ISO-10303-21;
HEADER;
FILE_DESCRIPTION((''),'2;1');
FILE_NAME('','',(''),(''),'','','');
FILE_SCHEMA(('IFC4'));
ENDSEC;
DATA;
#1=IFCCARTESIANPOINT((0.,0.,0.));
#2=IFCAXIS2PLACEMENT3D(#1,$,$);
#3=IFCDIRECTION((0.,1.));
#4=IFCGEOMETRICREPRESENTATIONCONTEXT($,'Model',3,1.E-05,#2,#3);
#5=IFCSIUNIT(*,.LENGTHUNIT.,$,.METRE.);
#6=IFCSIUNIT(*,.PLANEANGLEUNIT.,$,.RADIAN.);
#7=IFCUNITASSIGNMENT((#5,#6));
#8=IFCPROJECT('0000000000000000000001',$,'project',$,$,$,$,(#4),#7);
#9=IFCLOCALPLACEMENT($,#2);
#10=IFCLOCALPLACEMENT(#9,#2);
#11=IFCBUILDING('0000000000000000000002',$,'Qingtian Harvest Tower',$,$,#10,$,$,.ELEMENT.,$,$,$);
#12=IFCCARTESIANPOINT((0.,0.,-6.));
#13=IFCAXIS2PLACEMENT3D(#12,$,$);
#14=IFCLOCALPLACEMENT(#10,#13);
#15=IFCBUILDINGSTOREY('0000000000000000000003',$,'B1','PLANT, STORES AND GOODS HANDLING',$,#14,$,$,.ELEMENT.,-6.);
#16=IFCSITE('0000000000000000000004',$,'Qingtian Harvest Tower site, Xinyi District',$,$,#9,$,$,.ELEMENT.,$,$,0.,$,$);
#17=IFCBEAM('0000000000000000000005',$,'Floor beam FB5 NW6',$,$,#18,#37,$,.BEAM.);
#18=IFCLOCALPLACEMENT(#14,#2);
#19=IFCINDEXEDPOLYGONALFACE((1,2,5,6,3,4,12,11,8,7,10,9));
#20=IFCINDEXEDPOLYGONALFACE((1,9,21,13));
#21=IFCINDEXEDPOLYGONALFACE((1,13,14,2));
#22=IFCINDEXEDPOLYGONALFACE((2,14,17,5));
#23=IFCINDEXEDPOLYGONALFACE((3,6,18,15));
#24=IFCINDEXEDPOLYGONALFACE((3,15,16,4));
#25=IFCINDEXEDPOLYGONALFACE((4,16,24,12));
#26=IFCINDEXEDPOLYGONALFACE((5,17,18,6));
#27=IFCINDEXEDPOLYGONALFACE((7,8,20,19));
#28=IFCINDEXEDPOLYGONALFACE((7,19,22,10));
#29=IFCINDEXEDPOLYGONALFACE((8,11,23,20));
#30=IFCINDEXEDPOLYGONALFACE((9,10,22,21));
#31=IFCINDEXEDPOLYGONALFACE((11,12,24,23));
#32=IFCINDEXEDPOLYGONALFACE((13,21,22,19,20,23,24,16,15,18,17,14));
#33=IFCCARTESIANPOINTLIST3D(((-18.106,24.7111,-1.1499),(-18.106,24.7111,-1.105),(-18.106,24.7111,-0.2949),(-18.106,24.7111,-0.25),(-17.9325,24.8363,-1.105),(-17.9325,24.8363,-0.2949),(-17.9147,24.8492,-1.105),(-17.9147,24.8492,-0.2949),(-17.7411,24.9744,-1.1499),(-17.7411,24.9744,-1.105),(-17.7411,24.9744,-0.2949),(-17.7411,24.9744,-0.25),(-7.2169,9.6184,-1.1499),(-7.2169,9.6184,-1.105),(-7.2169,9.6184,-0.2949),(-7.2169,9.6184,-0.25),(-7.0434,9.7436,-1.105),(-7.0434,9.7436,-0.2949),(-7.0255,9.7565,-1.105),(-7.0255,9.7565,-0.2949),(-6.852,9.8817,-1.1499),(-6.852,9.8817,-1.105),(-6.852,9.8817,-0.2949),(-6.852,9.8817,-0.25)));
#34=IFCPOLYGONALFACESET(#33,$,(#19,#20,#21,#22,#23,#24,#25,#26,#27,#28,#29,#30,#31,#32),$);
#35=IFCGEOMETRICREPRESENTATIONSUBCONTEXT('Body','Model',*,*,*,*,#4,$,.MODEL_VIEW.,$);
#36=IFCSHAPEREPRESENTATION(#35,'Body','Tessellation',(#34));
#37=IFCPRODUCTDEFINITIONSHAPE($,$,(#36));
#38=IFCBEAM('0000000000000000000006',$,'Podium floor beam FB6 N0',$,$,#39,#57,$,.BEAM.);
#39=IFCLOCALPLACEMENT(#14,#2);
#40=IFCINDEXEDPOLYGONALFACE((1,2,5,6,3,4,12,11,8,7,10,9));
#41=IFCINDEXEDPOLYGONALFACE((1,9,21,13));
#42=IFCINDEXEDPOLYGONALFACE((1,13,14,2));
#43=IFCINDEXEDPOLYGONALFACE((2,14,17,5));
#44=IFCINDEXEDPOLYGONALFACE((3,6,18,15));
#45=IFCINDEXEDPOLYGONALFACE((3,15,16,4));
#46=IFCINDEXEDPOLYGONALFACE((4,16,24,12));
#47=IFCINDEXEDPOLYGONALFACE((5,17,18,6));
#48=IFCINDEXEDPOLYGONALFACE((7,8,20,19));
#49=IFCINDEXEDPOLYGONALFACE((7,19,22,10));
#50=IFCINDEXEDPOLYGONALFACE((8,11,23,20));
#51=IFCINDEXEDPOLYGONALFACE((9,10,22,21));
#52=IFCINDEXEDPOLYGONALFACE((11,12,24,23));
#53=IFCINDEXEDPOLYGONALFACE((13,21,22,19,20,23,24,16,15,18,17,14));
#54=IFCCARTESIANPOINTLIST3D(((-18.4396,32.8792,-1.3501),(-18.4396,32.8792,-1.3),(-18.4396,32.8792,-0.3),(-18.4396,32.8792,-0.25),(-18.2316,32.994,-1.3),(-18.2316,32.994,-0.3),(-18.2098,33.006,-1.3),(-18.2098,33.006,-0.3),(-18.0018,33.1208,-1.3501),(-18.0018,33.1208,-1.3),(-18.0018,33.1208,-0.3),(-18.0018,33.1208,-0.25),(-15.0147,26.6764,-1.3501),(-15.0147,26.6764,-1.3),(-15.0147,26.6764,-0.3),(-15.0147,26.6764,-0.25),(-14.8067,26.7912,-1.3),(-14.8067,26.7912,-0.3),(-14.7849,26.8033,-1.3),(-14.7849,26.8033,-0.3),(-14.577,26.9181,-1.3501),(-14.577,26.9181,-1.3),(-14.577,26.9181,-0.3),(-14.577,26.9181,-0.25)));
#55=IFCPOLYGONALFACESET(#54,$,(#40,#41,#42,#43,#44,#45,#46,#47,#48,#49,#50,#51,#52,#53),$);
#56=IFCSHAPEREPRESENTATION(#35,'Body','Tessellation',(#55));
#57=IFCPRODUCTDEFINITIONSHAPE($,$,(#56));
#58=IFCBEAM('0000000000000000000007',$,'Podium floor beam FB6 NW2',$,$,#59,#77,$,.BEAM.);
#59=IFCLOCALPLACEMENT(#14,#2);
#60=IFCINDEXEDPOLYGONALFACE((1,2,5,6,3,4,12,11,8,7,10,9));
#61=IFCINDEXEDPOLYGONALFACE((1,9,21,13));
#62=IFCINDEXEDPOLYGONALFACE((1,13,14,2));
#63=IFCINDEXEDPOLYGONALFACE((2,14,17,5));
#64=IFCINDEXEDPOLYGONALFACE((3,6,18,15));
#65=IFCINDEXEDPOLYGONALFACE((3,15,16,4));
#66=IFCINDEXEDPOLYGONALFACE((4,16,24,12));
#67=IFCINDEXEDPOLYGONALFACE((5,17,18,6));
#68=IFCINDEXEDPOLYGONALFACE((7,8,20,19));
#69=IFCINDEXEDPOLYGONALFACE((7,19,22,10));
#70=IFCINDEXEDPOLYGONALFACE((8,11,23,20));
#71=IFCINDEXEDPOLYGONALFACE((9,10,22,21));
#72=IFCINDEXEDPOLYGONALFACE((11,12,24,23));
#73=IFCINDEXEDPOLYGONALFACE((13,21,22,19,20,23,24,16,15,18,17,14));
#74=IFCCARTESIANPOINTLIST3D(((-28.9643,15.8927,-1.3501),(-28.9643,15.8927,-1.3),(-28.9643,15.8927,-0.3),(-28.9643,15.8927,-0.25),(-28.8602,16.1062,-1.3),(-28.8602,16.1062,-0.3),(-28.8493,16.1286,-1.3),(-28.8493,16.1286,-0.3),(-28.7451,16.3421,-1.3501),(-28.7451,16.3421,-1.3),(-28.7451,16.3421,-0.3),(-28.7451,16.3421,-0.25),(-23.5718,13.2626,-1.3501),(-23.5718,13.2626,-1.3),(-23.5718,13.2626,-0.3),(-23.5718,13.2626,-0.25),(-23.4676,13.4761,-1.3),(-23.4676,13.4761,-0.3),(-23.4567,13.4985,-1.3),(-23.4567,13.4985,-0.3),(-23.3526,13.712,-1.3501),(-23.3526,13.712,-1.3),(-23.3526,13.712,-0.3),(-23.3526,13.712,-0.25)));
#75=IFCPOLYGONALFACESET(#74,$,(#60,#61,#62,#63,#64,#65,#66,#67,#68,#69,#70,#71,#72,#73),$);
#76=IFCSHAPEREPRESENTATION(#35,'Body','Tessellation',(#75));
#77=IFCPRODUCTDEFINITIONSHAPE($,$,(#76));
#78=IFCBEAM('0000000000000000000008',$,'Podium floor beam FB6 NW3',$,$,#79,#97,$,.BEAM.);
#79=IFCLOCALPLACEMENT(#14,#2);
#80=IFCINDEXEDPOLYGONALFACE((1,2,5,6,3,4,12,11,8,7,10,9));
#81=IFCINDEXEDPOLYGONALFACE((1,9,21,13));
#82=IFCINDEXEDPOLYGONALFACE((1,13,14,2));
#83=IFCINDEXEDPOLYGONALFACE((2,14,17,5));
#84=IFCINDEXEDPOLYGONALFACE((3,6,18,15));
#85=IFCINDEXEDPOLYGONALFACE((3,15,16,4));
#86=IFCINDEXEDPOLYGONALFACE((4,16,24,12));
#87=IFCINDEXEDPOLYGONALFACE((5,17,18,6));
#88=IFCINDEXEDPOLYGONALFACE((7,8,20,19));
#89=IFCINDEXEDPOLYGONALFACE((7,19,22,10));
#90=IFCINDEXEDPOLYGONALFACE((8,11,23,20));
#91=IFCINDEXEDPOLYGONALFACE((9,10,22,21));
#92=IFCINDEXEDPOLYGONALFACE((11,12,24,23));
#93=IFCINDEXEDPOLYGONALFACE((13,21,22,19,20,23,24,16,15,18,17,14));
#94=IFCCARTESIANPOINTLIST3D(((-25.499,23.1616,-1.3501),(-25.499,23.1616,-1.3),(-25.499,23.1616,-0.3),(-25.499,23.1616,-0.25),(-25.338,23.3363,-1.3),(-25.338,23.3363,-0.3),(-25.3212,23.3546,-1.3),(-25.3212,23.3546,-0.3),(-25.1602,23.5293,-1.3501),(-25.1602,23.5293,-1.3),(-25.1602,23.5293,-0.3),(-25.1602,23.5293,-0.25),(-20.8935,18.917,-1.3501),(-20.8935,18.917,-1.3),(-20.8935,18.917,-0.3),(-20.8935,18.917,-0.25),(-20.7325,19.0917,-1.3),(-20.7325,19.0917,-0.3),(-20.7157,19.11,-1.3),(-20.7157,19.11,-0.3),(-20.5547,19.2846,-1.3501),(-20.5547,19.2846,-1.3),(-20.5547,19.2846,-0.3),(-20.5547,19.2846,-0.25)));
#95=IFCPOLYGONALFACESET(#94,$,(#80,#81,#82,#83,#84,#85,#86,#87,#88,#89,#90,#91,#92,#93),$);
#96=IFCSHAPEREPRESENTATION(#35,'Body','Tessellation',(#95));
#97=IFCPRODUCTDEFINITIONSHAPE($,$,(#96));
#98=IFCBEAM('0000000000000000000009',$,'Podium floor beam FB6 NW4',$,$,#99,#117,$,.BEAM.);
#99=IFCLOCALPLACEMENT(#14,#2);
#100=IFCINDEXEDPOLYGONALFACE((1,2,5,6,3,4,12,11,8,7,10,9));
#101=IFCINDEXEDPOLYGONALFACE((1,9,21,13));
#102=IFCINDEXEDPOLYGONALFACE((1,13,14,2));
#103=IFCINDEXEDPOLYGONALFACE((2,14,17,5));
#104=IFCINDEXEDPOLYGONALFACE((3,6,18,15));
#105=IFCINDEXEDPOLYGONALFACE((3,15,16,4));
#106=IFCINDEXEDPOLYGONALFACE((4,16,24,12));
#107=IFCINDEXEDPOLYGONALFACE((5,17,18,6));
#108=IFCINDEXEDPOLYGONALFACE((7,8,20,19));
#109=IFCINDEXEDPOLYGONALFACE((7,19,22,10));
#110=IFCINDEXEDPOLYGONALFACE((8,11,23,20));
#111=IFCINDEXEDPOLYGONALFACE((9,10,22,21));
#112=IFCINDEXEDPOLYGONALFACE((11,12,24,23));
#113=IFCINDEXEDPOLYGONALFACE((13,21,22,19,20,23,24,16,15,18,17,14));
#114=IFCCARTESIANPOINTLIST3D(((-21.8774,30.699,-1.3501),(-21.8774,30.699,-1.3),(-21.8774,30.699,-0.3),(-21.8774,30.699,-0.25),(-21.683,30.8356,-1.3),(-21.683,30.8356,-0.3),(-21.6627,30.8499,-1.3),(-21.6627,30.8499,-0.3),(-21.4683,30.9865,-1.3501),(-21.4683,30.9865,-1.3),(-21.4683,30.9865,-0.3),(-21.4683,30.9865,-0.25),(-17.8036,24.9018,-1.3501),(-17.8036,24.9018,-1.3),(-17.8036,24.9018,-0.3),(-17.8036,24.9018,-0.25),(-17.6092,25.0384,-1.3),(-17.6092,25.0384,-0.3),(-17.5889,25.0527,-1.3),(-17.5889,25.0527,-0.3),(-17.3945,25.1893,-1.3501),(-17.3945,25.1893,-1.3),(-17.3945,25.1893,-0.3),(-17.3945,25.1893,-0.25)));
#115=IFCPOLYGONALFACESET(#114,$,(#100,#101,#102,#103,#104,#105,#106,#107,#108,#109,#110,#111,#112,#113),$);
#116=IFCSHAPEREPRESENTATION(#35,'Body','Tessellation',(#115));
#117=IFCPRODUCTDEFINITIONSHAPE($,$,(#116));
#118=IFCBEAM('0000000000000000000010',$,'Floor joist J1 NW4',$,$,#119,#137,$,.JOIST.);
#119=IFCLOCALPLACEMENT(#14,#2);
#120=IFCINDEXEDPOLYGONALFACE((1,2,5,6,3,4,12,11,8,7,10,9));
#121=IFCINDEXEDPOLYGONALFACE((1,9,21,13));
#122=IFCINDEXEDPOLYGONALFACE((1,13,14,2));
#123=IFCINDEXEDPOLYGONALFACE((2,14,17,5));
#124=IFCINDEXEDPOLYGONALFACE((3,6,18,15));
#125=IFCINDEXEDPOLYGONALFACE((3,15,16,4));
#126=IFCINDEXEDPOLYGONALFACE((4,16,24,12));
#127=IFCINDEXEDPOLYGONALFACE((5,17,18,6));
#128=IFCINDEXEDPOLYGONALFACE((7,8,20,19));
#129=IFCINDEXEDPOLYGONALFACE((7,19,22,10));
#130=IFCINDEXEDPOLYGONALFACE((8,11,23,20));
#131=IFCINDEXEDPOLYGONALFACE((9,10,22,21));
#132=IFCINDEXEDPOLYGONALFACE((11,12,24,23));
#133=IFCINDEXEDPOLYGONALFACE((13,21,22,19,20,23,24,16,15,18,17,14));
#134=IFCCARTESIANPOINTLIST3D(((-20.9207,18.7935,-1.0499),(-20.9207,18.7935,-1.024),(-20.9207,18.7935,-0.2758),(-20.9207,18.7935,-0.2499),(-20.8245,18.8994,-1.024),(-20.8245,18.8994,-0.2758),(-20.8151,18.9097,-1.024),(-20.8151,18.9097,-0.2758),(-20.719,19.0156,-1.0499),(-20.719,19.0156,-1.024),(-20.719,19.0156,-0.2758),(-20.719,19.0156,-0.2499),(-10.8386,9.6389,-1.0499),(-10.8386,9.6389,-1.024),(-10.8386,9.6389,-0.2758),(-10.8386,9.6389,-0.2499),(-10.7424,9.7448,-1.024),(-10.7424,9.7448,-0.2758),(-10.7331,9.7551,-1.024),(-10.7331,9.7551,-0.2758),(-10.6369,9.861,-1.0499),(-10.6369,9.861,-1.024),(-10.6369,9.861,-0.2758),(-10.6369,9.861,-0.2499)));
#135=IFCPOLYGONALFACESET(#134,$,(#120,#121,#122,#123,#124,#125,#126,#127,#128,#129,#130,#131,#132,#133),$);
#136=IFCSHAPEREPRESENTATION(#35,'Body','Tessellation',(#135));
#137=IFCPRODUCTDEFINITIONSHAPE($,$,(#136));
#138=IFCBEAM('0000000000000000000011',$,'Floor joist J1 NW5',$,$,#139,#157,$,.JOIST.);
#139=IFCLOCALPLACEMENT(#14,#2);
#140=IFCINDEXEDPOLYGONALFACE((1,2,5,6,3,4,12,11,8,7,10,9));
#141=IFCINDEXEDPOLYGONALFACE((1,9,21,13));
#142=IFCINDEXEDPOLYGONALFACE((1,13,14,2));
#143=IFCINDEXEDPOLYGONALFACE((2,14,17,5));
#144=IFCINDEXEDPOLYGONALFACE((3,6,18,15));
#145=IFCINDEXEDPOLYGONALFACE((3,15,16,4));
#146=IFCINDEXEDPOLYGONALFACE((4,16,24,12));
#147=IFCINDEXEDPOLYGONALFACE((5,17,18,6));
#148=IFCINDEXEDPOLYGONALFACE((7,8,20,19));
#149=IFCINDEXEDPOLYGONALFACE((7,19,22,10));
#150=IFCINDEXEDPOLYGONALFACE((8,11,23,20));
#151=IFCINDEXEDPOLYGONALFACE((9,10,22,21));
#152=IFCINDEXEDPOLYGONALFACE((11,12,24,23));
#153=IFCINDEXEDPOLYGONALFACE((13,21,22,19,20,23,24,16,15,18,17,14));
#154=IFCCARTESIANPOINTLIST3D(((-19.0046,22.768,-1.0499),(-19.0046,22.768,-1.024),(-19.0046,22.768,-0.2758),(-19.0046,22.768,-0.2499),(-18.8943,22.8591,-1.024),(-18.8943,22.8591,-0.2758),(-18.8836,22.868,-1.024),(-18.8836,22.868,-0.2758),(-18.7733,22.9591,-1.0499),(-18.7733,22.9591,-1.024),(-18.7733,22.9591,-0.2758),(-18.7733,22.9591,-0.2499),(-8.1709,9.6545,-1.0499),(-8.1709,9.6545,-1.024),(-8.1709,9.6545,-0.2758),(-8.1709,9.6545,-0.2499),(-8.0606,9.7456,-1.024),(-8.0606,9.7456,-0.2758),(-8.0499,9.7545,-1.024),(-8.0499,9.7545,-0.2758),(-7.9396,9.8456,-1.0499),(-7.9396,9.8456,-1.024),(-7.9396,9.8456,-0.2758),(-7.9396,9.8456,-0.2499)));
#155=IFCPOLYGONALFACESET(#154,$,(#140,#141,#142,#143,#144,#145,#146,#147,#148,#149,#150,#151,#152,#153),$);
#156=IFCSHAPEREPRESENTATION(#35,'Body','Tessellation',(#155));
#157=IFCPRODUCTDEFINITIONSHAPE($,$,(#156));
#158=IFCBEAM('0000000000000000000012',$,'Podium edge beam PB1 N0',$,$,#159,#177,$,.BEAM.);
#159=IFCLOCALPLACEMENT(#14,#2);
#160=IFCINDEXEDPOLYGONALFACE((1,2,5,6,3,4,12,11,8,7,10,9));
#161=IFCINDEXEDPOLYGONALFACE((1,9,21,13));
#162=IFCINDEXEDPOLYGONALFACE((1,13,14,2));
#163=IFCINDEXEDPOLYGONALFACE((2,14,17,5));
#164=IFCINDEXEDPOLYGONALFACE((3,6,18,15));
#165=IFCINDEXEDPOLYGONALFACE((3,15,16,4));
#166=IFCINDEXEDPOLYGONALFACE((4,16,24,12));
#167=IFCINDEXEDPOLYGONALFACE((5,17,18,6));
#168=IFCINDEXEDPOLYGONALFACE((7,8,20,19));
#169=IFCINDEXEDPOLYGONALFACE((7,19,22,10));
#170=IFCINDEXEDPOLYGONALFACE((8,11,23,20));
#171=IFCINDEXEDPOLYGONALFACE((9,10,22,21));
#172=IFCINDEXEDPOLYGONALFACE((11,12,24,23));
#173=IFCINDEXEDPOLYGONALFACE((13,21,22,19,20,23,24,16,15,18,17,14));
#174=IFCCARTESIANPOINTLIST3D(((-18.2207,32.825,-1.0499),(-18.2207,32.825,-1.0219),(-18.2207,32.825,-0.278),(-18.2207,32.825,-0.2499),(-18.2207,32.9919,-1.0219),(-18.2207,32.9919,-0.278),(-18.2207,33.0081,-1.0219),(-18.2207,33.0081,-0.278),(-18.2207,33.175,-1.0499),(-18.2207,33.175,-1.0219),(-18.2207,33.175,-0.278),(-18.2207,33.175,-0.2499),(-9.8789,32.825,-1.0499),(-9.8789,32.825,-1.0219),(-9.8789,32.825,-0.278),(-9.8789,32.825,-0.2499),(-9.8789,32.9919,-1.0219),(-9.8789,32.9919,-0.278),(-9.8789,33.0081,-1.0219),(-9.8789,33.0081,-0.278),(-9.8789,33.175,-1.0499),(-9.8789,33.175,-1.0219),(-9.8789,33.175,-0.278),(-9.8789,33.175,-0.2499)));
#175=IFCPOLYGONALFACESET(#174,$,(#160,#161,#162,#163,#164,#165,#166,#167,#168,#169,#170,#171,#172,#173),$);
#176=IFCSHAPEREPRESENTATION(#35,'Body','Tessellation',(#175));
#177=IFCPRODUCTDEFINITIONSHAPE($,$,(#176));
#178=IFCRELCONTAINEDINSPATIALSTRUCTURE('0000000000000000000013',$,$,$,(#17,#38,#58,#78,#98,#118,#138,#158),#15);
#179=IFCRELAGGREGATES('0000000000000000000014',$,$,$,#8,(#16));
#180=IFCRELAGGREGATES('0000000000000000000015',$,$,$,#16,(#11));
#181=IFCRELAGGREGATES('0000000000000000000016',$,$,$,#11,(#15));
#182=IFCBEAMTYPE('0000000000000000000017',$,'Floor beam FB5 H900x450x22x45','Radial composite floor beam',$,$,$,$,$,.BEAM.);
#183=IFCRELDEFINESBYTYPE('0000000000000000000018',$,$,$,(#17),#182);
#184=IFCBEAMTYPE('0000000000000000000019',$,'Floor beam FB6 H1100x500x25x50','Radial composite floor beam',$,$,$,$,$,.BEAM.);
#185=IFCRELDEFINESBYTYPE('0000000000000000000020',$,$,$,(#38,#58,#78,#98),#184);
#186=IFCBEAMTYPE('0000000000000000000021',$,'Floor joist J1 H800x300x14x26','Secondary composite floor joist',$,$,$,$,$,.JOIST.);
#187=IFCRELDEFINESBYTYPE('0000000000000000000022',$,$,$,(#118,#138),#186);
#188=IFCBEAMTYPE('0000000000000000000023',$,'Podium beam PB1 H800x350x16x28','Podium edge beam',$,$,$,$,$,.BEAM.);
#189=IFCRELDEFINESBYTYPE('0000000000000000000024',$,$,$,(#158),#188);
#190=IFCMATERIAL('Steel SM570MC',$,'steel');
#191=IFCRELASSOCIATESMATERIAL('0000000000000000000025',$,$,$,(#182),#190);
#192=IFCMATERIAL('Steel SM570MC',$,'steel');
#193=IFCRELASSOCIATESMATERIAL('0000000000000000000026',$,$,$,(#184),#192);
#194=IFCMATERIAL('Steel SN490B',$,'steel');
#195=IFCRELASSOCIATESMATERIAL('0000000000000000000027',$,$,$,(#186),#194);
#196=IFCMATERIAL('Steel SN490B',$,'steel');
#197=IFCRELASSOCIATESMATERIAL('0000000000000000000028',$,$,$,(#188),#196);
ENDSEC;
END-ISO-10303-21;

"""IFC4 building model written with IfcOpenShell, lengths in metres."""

from ifc_helpers import new_model, si_unit, direction, frame, origin, origin_2d, place, context, subcontext, project, spatial, i_section, extrude, material, material_profile, profile_set, type_object, element, save


model = new_model("IFC4")

# Units and contexts
model_context = context("Model", 3, precision=1e-05, world=origin(), true_north=direction((0.0, 1.0)))
body_context = subcontext(model_context, "Body", "Model", "MODEL_VIEW")
ifc_project = project(units=[si_unit("LENGTHUNIT", "METRE"), si_unit("PLANEANGLEUNIT", "RADIAN")], contexts=[model_context])

# Site, building, storey
site_placement = place(None, origin())
site = spatial("IfcSite", under=ifc_project, at=site_placement, Name="Qingtian Harvest Tower site, Xinyi District", CompositionType="ELEMENT", RefElevation=0.0)
building_placement = place(site_placement, origin())
building = spatial("IfcBuilding", under=site, at=building_placement, Name="Qingtian Harvest Tower", CompositionType="ELEMENT")
storey_placement = place(building_placement, frame((0.0, 0.0, -6.0)))
storey = spatial("IfcBuildingStorey", under=building, at=storey_placement, Name="B1", Description="PLANT, STORES AND GOODS HANDLING", CompositionType="ELEMENT", Elevation=-6.0)

# Beams
ifc_material_1 = material(Name="Steel SM570MC", Category="steel")
ifc_material_profile_1 = material_profile(ifc_material_1, i_section(OverallWidth=0.45, OverallDepth=0.8999, WebThickness=0.022, FlangeThickness=0.0449, at=origin_2d()), Name="H900x450x22x45")
ifc_profile_set_1 = profile_set([ifc_material_profile_1], Name="Steel SM570MC")
beam_type_1 = type_object("IfcBeamType", Name="Floor beam FB5 H900x450x22x45", Description="Radial composite floor beam", PredefinedType="BEAM", material=ifc_profile_set_1)
beam_1_placement = place(storey_placement, frame((-17.9236, 24.8428, -0.7), z_axis=(0.585096, -0.810964, 0.0), x_axis=(0.810964, 0.585096, 0.0)))
element("IfcBeam", 1, at=beam_1_placement, inside=storey, type_object=beam_type_1, Name="Floor beam FB5 NW6", PredefinedType="BEAM", context=body_context, shape_type="SweptSolid", body=[
    extrude(i_section(OverallWidth=0.45, OverallDepth=0.8999, WebThickness=0.022, FlangeThickness=0.0449, at=origin_2d()), origin(), (0.0, 0.0, 1.0), 18.6108),
])
ifc_material_2 = material(Name="Steel SM570MC", Category="steel")
ifc_material_profile_2 = material_profile(ifc_material_2, i_section(OverallWidth=0.5, OverallDepth=1.1001, WebThickness=0.0249, FlangeThickness=0.05, at=origin_2d()), Name="H1100x500x25x50")
ifc_profile_set_2 = profile_set([ifc_material_profile_2], Name="Steel SM570MC")
beam_type_2 = type_object("IfcBeamType", Name="Floor beam FB6 H1100x500x25x50", Description="Radial composite floor beam", PredefinedType="BEAM", material=ifc_profile_set_2)
beam_2_placement = place(storey_placement, frame((-18.2207, 33.0, -0.8), z_axis=(0.483365, -0.875419, 0.0), x_axis=(0.875419, 0.483365, 0.0)))
element("IfcBeam", 2, at=beam_2_placement, inside=storey, type_object=beam_type_2, Name="Podium floor beam FB6 N0", PredefinedType="BEAM", context=body_context, shape_type="SweptSolid", body=[
    extrude(i_section(OverallWidth=0.5, OverallDepth=1.1001, WebThickness=0.0249, FlangeThickness=0.05, at=origin_2d()), origin(), (0.0, 0.0, 1.0), 7.0854),
])
beam_3_placement = place(storey_placement, frame((-28.8547, 16.1174, -0.8), z_axis=(0.898795, -0.43837, 0.0), x_axis=(0.43837, 0.898795, 0.0)))
element("IfcBeam", 3, at=beam_3_placement, inside=storey, type_object=beam_type_2, Name="Podium floor beam FB6 NW2", PredefinedType="BEAM", context=body_context, shape_type="SweptSolid", body=[
    extrude(i_section(OverallWidth=0.5, OverallDepth=1.1001, WebThickness=0.0249, FlangeThickness=0.05, at=origin_2d()), origin(), (0.0, 0.0, 1.0), 5.9998),
])
beam_4_placement = place(storey_placement, frame((-25.3296, 23.3455, -0.8), z_axis=(0.735326, -0.677713, 0.0), x_axis=(0.677713, 0.735326, 0.0)))
element("IfcBeam", 4, at=beam_4_placement, inside=storey, type_object=beam_type_2, Name="Podium floor beam FB6 NW3", PredefinedType="BEAM", context=body_context, shape_type="SweptSolid", body=[
    extrude(i_section(OverallWidth=0.5, OverallDepth=1.1001, WebThickness=0.0249, FlangeThickness=0.05, at=origin_2d()), origin(), (0.0, 0.0, 1.0), 6.2632),
])
beam_5_placement = place(storey_placement, frame((-21.6729, 30.8428, -0.8), z_axis=(0.574953, -0.818186, 0.0), x_axis=(0.818186, 0.574953, 0.0)))
element("IfcBeam", 5, at=beam_5_placement, inside=storey, type_object=beam_type_2, Name="Podium floor beam FB6 NW4", PredefinedType="BEAM", context=body_context, shape_type="SweptSolid", body=[
    extrude(i_section(OverallWidth=0.5, OverallDepth=1.1001, WebThickness=0.0249, FlangeThickness=0.05, at=origin_2d()), origin(), (0.0, 0.0, 1.0), 7.0854),
])
ifc_material_3 = material(Name="Steel SN490B", Category="steel")
ifc_material_profile_3 = material_profile(ifc_material_3, i_section(OverallWidth=0.3, OverallDepth=0.8, WebThickness=0.0139, FlangeThickness=0.0259, at=origin_2d()), Name="H800x300x14x26")
ifc_profile_set_3 = profile_set([ifc_material_profile_3], Name="Steel SN490B")
beam_type_3 = type_object("IfcBeamType", Name="Floor joist J1 H800x300x14x26", Description="Secondary composite floor joist", PredefinedType="JOIST", material=ifc_profile_set_3)
beam_6_placement = place(storey_placement, frame((-20.8198, 18.9045, -0.6499), z_axis=(0.74034, -0.672233, 0.0), x_axis=(0.672233, 0.74034, 0.0)))
element("IfcBeam", 6, at=beam_6_placement, inside=storey, type_object=beam_type_3, Name="Floor joist J1 NW4", PredefinedType="JOIST", context=body_context, shape_type="SweptSolid", body=[
    extrude(i_section(OverallWidth=0.3, OverallDepth=0.8, WebThickness=0.0139, FlangeThickness=0.0259, at=origin_2d()), origin(), (0.0, 0.0, 1.0), 13.6182),
])
beam_7_placement = place(storey_placement, frame((-18.8889, 22.8635, -0.6499), z_axis=(0.63691, -0.770938, 0.0), x_axis=(0.770938, 0.63691, 0.0)))
element("IfcBeam", 7, at=beam_7_placement, inside=storey, type_object=beam_type_3, Name="Floor joist J1 NW5", PredefinedType="JOIST", context=body_context, shape_type="SweptSolid", body=[
    extrude(i_section(OverallWidth=0.3, OverallDepth=0.8, WebThickness=0.0139, FlangeThickness=0.0259, at=origin_2d()), origin(), (0.0, 0.0, 1.0), 17.0098),
])
ifc_material_4 = material(Name="Steel SN490B", Category="steel")
ifc_material_profile_4 = material_profile(ifc_material_4, i_section(OverallWidth=0.3501, OverallDepth=0.8, WebThickness=0.0161, FlangeThickness=0.0281, at=origin_2d()), Name="H800x350x16x28")
ifc_profile_set_4 = profile_set([ifc_material_profile_4], Name="Steel SN490B")
beam_type_4 = type_object("IfcBeamType", Name="Podium beam PB1 H800x350x16x28", Description="Podium edge beam", PredefinedType="BEAM", material=ifc_profile_set_4)
beam_8_placement = place(storey_placement, frame((-18.2207, 33.0, -0.6499), z_axis=(1.0, 0.0, 0.0), x_axis=(0.0, 1.0, 0.0)))
element("IfcBeam", 8, at=beam_8_placement, inside=storey, type_object=beam_type_4, Name="Podium edge beam PB1 N0", PredefinedType="BEAM", context=body_context, shape_type="SweptSolid", body=[
    extrude(i_section(OverallWidth=0.3501, OverallDepth=0.8, WebThickness=0.0161, FlangeThickness=0.0281, at=origin_2d()), origin(), (0.0, 0.0, 1.0), 8.3418),
])

save(model, "model.ifc")
